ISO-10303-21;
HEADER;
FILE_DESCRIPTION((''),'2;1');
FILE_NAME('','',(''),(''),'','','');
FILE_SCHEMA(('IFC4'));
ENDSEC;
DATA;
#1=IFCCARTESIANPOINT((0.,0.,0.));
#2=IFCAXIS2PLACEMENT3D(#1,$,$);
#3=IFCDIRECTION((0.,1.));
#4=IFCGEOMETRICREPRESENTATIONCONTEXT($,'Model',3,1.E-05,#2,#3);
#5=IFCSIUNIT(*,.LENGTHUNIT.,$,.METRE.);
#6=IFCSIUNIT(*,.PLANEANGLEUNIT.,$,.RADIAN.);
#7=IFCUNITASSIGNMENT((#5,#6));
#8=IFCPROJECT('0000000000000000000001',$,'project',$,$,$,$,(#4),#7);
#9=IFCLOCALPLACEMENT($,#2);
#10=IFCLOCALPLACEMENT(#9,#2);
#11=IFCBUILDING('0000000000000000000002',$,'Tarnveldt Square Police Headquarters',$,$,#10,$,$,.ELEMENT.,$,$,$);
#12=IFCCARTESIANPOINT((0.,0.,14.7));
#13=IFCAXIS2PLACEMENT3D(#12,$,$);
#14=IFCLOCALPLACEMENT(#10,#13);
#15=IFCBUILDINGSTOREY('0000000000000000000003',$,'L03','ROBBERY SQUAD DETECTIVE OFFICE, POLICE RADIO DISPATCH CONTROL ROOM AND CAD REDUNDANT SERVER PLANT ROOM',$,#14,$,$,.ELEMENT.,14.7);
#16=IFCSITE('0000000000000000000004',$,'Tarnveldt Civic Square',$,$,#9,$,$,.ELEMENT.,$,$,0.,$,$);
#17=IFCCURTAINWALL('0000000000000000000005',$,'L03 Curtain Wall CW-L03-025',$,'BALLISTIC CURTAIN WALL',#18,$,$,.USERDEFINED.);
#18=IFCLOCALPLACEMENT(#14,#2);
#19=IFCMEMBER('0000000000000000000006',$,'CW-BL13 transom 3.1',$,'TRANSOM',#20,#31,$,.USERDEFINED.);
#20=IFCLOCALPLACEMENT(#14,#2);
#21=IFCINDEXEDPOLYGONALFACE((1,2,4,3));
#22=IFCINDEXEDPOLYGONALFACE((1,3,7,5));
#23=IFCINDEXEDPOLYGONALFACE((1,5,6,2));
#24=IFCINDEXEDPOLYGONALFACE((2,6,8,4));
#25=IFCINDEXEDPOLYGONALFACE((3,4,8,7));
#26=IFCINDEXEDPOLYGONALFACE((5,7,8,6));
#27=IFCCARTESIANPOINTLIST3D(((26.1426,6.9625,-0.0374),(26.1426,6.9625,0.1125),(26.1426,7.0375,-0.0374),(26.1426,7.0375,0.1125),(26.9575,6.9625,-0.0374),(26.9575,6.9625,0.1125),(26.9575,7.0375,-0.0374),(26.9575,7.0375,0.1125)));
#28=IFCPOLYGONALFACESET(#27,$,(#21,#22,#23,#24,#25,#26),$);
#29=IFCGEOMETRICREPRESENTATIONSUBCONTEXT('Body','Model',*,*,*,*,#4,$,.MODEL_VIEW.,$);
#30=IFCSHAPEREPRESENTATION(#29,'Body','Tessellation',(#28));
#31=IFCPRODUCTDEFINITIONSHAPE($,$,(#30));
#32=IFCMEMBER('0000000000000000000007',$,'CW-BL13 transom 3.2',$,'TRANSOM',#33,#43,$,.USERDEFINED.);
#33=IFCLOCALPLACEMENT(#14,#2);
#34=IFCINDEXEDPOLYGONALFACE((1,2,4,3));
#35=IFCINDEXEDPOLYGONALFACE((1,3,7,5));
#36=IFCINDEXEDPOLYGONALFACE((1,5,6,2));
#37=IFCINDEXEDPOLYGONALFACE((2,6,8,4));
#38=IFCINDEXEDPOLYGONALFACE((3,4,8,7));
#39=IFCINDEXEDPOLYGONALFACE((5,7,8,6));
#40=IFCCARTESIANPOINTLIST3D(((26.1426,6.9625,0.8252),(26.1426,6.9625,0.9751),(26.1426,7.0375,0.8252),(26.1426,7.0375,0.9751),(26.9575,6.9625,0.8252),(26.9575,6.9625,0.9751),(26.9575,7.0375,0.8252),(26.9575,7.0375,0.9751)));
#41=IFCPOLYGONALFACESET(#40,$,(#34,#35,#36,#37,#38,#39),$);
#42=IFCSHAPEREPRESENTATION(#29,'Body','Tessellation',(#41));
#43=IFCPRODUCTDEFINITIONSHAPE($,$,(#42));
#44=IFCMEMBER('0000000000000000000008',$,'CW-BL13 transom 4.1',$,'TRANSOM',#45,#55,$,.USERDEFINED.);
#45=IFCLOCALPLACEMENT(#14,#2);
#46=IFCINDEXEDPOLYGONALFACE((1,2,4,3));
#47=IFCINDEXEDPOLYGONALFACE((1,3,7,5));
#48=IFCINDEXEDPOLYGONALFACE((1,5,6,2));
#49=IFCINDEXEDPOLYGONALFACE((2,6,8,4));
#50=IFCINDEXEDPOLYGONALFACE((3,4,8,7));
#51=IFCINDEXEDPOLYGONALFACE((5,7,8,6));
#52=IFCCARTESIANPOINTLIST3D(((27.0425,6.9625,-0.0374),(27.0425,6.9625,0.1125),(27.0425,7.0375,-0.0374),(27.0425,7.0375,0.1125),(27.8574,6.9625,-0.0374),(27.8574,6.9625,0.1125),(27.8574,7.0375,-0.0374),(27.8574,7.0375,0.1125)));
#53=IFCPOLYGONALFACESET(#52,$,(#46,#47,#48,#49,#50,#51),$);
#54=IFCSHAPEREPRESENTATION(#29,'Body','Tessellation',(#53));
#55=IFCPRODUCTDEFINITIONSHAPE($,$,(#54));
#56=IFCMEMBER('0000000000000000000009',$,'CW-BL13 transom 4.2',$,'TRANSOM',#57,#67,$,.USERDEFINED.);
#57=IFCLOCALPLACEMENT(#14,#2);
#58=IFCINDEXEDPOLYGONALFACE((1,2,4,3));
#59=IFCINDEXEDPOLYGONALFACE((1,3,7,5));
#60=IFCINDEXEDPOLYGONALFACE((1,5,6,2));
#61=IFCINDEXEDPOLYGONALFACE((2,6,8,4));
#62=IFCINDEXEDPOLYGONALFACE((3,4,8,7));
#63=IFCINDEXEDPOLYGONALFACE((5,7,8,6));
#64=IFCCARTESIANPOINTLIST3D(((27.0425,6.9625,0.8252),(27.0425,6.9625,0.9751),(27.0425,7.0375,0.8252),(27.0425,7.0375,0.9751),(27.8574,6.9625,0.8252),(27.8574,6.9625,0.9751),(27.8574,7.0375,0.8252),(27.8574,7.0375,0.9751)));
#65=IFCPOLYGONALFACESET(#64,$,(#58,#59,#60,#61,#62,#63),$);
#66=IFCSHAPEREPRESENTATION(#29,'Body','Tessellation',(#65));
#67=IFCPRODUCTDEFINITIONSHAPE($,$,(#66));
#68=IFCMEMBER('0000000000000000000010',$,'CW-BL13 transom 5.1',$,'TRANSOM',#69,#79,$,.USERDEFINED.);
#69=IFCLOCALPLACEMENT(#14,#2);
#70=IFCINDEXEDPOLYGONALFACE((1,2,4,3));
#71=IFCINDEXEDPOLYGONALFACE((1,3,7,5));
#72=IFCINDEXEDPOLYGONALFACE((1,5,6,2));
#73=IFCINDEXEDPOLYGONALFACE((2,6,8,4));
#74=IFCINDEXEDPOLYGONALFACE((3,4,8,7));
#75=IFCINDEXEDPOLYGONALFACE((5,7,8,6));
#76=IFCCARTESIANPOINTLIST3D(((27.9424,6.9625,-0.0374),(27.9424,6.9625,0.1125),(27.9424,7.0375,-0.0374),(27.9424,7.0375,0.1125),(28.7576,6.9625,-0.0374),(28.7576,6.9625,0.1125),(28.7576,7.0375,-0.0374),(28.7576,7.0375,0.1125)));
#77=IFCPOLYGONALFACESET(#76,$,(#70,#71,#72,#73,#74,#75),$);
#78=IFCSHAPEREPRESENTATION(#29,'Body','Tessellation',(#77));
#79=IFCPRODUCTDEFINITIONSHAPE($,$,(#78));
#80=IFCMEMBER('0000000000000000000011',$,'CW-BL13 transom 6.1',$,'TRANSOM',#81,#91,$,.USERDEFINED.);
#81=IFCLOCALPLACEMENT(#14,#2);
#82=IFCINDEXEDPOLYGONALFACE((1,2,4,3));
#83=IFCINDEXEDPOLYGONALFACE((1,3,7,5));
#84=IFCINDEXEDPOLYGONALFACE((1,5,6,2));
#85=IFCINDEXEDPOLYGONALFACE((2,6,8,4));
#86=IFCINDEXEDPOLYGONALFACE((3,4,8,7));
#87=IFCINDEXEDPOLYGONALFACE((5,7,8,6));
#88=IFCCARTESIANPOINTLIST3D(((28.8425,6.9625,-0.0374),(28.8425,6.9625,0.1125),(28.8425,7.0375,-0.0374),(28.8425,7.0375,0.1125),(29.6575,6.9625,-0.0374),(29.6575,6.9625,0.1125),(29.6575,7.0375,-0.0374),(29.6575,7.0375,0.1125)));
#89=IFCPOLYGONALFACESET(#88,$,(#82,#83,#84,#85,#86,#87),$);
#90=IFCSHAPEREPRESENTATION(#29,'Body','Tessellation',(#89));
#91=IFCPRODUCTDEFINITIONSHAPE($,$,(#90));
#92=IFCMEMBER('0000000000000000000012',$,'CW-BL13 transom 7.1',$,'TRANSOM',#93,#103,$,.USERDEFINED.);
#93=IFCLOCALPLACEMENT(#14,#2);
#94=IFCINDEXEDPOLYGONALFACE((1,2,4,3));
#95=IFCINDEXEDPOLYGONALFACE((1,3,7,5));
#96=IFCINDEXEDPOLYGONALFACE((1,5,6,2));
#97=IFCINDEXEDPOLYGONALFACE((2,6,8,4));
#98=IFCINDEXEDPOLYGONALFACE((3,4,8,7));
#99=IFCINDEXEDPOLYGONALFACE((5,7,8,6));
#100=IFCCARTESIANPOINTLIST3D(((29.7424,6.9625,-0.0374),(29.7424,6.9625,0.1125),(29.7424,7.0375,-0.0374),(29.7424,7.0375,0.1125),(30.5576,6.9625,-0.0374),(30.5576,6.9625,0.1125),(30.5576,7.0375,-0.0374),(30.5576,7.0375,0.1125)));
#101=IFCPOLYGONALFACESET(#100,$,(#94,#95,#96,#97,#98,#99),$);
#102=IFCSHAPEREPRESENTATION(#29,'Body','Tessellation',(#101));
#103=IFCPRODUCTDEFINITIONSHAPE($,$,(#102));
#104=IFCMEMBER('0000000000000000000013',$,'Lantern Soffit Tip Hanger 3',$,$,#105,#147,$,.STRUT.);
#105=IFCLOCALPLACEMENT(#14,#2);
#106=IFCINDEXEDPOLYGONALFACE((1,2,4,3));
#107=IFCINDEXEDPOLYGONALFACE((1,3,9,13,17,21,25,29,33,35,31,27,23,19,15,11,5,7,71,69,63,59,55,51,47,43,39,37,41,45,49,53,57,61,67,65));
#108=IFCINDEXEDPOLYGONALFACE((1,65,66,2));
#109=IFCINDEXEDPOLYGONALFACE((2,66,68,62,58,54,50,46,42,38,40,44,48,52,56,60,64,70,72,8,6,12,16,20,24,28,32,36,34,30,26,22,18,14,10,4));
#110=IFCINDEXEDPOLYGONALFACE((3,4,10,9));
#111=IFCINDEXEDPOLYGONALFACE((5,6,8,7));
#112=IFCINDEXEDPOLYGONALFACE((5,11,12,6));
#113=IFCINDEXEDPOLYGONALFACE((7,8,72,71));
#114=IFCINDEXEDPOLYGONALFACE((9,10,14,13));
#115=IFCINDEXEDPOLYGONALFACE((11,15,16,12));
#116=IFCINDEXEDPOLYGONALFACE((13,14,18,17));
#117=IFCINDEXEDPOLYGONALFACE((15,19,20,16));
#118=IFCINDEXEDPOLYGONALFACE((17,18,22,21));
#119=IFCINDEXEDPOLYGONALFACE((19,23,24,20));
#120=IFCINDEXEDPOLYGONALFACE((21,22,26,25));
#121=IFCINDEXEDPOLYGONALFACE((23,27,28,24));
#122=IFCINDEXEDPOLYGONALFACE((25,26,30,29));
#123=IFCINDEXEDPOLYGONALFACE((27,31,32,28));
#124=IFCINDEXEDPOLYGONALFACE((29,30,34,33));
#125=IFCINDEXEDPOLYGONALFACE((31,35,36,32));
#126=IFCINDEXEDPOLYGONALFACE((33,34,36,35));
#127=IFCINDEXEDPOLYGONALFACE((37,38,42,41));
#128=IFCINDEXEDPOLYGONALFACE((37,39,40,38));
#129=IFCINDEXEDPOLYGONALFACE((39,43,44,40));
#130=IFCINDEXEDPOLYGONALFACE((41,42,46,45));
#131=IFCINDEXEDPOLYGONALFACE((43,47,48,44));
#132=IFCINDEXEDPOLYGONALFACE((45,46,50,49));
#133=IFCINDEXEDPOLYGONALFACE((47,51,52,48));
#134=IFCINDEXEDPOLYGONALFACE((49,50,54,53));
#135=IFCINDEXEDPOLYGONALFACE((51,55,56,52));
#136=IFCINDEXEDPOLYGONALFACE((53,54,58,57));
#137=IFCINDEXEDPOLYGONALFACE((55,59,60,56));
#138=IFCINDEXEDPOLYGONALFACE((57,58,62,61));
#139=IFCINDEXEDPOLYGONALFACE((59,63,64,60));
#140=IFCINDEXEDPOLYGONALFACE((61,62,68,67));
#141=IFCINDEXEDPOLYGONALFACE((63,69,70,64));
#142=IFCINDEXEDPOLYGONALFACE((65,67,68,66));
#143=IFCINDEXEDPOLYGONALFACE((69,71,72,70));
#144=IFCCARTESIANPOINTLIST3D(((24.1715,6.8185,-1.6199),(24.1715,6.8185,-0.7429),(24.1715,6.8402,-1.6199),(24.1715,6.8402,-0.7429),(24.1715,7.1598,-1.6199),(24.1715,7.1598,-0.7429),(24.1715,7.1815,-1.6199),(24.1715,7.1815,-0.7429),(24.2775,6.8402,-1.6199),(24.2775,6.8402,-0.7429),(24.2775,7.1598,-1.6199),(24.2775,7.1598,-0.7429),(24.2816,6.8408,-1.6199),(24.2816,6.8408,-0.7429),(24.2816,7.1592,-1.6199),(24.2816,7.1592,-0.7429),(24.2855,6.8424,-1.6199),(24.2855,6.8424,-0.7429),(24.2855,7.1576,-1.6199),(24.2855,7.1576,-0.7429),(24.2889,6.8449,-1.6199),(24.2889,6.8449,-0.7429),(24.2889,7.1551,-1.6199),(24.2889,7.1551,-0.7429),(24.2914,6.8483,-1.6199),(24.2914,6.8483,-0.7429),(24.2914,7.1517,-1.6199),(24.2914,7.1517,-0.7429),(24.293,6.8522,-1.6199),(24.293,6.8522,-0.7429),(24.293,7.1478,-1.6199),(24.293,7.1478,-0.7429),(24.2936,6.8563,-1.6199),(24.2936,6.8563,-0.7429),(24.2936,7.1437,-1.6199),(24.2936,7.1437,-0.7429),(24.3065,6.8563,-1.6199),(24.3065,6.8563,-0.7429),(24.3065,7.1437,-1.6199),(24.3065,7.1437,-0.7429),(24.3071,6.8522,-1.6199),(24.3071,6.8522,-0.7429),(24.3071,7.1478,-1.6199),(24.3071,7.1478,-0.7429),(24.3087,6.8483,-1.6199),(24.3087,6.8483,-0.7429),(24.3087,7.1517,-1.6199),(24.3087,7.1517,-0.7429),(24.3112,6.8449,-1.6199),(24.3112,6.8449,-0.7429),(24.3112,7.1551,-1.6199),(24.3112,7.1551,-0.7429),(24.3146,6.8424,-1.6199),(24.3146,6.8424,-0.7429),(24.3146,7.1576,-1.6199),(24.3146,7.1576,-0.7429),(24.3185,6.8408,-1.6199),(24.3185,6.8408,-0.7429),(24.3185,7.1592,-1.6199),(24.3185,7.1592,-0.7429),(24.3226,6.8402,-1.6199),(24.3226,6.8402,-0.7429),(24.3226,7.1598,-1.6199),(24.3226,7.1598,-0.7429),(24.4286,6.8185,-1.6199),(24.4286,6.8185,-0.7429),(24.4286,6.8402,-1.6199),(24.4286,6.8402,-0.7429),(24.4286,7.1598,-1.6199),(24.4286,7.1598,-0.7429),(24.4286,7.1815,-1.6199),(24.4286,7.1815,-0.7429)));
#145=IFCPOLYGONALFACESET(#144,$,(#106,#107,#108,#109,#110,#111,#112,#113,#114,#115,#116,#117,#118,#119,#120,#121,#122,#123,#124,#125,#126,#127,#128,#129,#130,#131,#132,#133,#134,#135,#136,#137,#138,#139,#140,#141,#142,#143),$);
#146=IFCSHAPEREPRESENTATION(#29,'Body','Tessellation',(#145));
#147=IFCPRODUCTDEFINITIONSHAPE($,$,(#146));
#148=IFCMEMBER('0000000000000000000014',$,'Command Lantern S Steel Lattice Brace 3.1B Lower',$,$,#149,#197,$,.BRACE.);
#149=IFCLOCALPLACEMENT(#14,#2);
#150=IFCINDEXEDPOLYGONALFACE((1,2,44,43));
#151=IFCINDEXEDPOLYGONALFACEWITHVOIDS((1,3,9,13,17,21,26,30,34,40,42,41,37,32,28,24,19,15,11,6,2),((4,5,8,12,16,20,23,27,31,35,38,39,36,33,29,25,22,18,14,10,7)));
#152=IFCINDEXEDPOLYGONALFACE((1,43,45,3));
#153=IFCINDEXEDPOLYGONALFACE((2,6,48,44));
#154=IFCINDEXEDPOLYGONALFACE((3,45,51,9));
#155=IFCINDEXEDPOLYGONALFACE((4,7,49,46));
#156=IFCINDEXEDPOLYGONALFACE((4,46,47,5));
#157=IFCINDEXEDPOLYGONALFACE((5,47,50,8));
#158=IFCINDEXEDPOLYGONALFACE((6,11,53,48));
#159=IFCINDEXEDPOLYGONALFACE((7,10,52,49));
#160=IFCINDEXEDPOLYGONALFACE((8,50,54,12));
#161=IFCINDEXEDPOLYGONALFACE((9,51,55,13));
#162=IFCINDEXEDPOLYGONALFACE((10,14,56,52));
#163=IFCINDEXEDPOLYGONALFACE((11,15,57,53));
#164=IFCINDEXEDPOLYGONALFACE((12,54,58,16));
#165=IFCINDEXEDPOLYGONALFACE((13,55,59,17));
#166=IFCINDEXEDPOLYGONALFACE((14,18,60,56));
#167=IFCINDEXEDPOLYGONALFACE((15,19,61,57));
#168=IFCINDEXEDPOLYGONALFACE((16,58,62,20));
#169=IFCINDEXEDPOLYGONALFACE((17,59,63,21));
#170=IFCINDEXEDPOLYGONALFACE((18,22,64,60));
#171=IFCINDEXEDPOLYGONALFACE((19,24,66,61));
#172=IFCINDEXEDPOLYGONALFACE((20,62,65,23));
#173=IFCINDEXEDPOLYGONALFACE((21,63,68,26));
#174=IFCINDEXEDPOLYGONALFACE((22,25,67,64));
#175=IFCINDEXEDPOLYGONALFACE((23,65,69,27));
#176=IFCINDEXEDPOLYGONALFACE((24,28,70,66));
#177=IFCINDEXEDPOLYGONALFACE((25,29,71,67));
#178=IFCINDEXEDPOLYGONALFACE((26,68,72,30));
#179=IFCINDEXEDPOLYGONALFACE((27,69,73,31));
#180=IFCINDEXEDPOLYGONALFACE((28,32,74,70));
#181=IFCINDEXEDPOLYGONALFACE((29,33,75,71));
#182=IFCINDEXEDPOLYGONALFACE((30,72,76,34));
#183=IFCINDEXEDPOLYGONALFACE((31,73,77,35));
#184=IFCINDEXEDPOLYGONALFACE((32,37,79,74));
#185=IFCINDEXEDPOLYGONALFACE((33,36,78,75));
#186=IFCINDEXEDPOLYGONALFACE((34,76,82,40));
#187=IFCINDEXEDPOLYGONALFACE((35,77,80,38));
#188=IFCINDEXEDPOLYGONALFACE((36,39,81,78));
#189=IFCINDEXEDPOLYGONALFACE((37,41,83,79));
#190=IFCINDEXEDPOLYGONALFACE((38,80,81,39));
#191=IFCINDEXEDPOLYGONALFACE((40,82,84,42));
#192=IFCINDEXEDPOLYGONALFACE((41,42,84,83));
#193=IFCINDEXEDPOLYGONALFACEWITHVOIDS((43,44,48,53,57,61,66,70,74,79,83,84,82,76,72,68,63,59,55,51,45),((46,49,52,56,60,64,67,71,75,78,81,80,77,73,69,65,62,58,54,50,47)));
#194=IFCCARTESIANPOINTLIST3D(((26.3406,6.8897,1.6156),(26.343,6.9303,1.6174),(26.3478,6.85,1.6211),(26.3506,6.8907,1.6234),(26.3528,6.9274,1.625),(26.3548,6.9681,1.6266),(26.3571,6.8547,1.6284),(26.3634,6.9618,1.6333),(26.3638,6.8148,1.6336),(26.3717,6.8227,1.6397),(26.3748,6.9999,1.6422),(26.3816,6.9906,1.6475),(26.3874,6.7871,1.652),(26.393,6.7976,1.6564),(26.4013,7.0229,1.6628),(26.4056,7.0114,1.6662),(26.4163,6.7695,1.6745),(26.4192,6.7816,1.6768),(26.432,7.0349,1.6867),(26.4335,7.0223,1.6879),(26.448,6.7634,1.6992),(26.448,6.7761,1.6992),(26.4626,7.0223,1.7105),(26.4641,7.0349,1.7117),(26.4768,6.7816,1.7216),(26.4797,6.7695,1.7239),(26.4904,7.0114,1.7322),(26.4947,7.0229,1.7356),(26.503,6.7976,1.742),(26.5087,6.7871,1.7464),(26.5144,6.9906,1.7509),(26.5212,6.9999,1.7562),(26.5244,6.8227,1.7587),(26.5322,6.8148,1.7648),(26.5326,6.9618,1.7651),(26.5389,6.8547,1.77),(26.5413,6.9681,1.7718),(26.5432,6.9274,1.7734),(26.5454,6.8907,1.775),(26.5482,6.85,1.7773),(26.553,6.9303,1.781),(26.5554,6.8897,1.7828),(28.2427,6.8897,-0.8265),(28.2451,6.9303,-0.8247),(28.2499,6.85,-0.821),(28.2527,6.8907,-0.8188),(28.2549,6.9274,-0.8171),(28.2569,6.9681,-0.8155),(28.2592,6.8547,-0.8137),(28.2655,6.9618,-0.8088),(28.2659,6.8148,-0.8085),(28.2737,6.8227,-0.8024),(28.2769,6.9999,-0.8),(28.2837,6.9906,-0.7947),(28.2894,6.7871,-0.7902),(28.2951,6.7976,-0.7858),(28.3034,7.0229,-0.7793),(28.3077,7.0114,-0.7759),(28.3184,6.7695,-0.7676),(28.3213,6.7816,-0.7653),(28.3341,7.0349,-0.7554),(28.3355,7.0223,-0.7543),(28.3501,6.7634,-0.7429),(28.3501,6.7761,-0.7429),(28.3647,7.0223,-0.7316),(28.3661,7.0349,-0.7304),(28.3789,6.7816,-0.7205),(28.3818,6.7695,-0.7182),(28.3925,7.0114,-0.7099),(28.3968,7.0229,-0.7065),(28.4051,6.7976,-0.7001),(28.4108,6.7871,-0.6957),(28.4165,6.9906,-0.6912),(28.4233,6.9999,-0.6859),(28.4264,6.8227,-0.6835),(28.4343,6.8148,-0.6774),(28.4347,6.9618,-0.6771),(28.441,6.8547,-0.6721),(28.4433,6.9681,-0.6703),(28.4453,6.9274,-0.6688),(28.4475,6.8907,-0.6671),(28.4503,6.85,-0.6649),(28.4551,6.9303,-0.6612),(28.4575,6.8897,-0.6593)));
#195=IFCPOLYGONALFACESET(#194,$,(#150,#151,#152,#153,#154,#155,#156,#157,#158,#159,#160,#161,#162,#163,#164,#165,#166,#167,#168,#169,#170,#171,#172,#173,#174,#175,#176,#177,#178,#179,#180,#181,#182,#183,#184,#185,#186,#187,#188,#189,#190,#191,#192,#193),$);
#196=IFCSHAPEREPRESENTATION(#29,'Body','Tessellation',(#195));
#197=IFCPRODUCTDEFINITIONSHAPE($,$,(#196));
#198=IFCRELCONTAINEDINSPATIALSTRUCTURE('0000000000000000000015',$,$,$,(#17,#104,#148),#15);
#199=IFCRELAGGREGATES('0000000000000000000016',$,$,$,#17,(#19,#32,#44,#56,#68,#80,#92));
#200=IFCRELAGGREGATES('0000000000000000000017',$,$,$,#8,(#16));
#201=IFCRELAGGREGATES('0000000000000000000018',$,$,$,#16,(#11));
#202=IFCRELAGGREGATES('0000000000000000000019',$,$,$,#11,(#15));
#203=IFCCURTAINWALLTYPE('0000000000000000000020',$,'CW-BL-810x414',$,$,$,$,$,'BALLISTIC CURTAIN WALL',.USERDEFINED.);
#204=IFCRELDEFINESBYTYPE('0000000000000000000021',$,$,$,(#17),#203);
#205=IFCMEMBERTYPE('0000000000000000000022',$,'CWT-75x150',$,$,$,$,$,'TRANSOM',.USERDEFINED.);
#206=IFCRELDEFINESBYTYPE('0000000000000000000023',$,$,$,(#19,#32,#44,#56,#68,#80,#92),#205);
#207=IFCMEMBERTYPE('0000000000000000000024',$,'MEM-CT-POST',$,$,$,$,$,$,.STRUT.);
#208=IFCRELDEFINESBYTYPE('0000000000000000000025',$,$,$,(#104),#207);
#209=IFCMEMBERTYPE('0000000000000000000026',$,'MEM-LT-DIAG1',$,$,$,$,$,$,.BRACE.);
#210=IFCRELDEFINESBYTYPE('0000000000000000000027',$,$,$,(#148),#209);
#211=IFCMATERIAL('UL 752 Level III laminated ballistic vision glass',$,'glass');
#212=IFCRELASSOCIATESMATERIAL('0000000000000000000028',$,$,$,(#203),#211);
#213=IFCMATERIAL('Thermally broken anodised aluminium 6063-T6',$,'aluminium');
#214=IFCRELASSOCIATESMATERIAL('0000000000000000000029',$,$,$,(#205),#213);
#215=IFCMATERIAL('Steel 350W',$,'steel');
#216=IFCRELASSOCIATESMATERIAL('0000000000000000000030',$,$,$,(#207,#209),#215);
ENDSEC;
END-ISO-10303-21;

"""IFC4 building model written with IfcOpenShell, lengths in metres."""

from ifc_helpers import new_model, si_unit, direction, frame, origin, origin_2d, place, context, subcontext, project, spatial, rectangle, hollow_circle, i_section, extrude, material, material_profile, profile_set, type_object, element, aggregate, save


model = new_model("IFC4")

# Units and contexts
model_context = context("Model", 3, precision=1e-05, world=origin(), true_north=direction((0.0, 1.0)))
body_context = subcontext(model_context, "Body", "Model", "MODEL_VIEW")
ifc_project = project(units=[si_unit("LENGTHUNIT", "METRE"), si_unit("PLANEANGLEUNIT", "RADIAN")], contexts=[model_context])

# Site, building, storey
site_placement = place(None, origin())
site = spatial("IfcSite", under=ifc_project, at=site_placement, Name="Tarnveldt Civic Square", CompositionType="ELEMENT", RefElevation=0.0)
building_placement = place(site_placement, origin())
building = spatial("IfcBuilding", under=site, at=building_placement, Name="Tarnveldt Square Police Headquarters", CompositionType="ELEMENT")
storey_placement = place(building_placement, frame((0.0, 0.0, 14.7)))
storey = spatial("IfcBuildingStorey", under=building, at=storey_placement, Name="L03", Description="ROBBERY SQUAD DETECTIVE OFFICE, POLICE RADIO DISPATCH CONTROL ROOM AND CAD REDUNDANT SERVER PLANT ROOM", CompositionType="ELEMENT", Elevation=14.7)

# Shared definitions
ifc_material_1 = material(Name="Steel 350W", Category="steel")

# Curtain wall, members
ifc_material_2 = material(Name="UL 752 Level III laminated ballistic vision glass", Category="glass")
curtain_wall_type = type_object("IfcCurtainWallType", Name="CW-BL-810x414", ElementType="BALLISTIC CURTAIN WALL", PredefinedType="USERDEFINED", material=ifc_material_2)
curtain_wall_placement = place(storey_placement, origin())
curtain_wall = element("IfcCurtainWall", 1, at=curtain_wall_placement, inside=storey, type_object=curtain_wall_type, Name="L03 Curtain Wall CW-L03-025", ObjectType="BALLISTIC CURTAIN WALL", PredefinedType="USERDEFINED")
ifc_material_3 = material(Name="Thermally broken anodised aluminium 6063-T6", Category="aluminium")
ifc_material_profile_1 = material_profile(ifc_material_3, rectangle(XDim=0.075, YDim=0.1499, at=origin_2d()), Name="CW-T75x150")
ifc_profile_set_1 = profile_set([ifc_material_profile_1], Name="Thermally broken anodised aluminium 6063-T6")
member_type_1 = type_object("IfcMemberType", Name="CWT-75x150", ElementType="TRANSOM", PredefinedType="USERDEFINED", material=ifc_profile_set_1)
member_1_placement = place(storey_placement, frame((26.1426, 7.0, 0.0376), z_axis=(1.0, 0.0, 0.0), x_axis=(0.0, 1.0, 0.0)))
member_1 = element("IfcMember", 2, at=member_1_placement, type_object=member_type_1, Name="CW-BL13 transom 3.1", ObjectType="TRANSOM", PredefinedType="USERDEFINED", context=body_context, shape_type="SweptSolid", body=[
    extrude(rectangle(XDim=0.075, YDim=0.1499, at=origin_2d()), origin(), (0.0, 0.0, 1.0), 0.8149),
])
member_2_placement = place(storey_placement, frame((26.1426, 7.0, 0.9001), z_axis=(1.0, 0.0, 0.0), x_axis=(0.0, 1.0, 0.0)))
member_2 = element("IfcMember", 3, at=member_2_placement, type_object=member_type_1, Name="CW-BL13 transom 3.2", ObjectType="TRANSOM", PredefinedType="USERDEFINED", context=body_context, shape_type="SweptSolid", body=[
    extrude(rectangle(XDim=0.075, YDim=0.1499, at=origin_2d()), origin(), (0.0, 0.0, 1.0), 0.8149),
])
member_3_placement = place(storey_placement, frame((27.0425, 7.0, 0.0376), z_axis=(1.0, 0.0, 0.0), x_axis=(0.0, 1.0, 0.0)))
member_3 = element("IfcMember", 4, at=member_3_placement, type_object=member_type_1, Name="CW-BL13 transom 4.1", ObjectType="TRANSOM", PredefinedType="USERDEFINED", context=body_context, shape_type="SweptSolid", body=[
    extrude(rectangle(XDim=0.075, YDim=0.1499, at=origin_2d()), origin(), (0.0, 0.0, 1.0), 0.8149),
])
member_4_placement = place(storey_placement, frame((27.0425, 7.0, 0.9001), z_axis=(1.0, 0.0, 0.0), x_axis=(0.0, 1.0, 0.0)))
member_4 = element("IfcMember", 5, at=member_4_placement, type_object=member_type_1, Name="CW-BL13 transom 4.2", ObjectType="TRANSOM", PredefinedType="USERDEFINED", context=body_context, shape_type="SweptSolid", body=[
    extrude(rectangle(XDim=0.075, YDim=0.1499, at=origin_2d()), origin(), (0.0, 0.0, 1.0), 0.8149),
])
member_5_placement = place(storey_placement, frame((27.9424, 7.0, 0.0376), z_axis=(1.0, 0.0, 0.0), x_axis=(0.0, 1.0, 0.0)))
member_5 = element("IfcMember", 6, at=member_5_placement, type_object=member_type_1, Name="CW-BL13 transom 5.1", ObjectType="TRANSOM", PredefinedType="USERDEFINED", context=body_context, shape_type="SweptSolid", body=[
    extrude(rectangle(XDim=0.075, YDim=0.1499, at=origin_2d()), origin(), (0.0, 0.0, 1.0), 0.8152),
])
member_6_placement = place(storey_placement, frame((28.8425, 7.0, 0.0376), z_axis=(1.0, 0.0, 0.0), x_axis=(0.0, 1.0, 0.0)))
member_6 = element("IfcMember", 7, at=member_6_placement, type_object=member_type_1, Name="CW-BL13 transom 6.1", ObjectType="TRANSOM", PredefinedType="USERDEFINED", context=body_context, shape_type="SweptSolid", body=[
    extrude(rectangle(XDim=0.075, YDim=0.1499, at=origin_2d()), origin(), (0.0, 0.0, 1.0), 0.8149),
])
member_7_placement = place(storey_placement, frame((29.7424, 7.0, 0.0376), z_axis=(1.0, 0.0, 0.0), x_axis=(0.0, 1.0, 0.0)))
member_7 = element("IfcMember", 8, at=member_7_placement, type_object=member_type_1, Name="CW-BL13 transom 7.1", ObjectType="TRANSOM", PredefinedType="USERDEFINED", context=body_context, shape_type="SweptSolid", body=[
    extrude(rectangle(XDim=0.075, YDim=0.1499, at=origin_2d()), origin(), (0.0, 0.0, 1.0), 0.8152),
])

# Members
ifc_material_profile_2 = material_profile(ifc_material_1, i_section(OverallWidth=0.2571, OverallDepth=0.363, WebThickness=0.0129, FlangeThickness=0.0217, FilletRadius=0.0161, at=origin_2d()), Name="W360x122")
ifc_profile_set_2 = profile_set([ifc_material_profile_2], Name="Steel 350W")
member_type_2 = type_object("IfcMemberType", Name="MEM-CT-POST", PredefinedType="STRUT", material=ifc_profile_set_2)
member_8_placement = place(storey_placement, frame((24.3, 7.0, -1.6199), z_axis=(0.0, 0.0, 1.0), x_axis=(1.0, 0.0, 0.0)))
element("IfcMember", 9, at=member_8_placement, inside=storey, type_object=member_type_2, Name="Lantern Soffit Tip Hanger 3", PredefinedType="STRUT", context=body_context, shape_type="SweptSolid", body=[
    extrude(i_section(OverallWidth=0.2571, OverallDepth=0.363, WebThickness=0.0129, FlangeThickness=0.0217, FilletRadius=0.0161, at=origin_2d()), origin(), (0.0, 0.0, 1.0), 0.877),
])
ifc_material_profile_3 = material_profile(ifc_material_1, hollow_circle(Radius=0.1365, WallThickness=0.0127, at=origin_2d()), Name="HSS273x13")
ifc_profile_set_3 = profile_set([ifc_material_profile_3], Name="Steel 350W")
member_type_3 = type_object("IfcMemberType", Name="MEM-LT-DIAG1", PredefinedType="BRACE", material=ifc_profile_set_3)
member_9_placement = place(storey_placement, frame((28.3501, 6.8999, -0.7429), z_axis=(-0.614476, 0.0, 0.788936), x_axis=(0.0, -1.0, 0.0)))
element("IfcMember", 10, at=member_9_placement, inside=storey, type_object=member_type_3, Name="Command Lantern S Steel Lattice Brace 3.1B Lower", PredefinedType="BRACE", context=body_context, shape_type="SweptSolid", body=[
    extrude(hollow_circle(Radius=0.1365, WallThickness=0.0127, at=origin_2d()), origin(), (0.0, 0.0, 1.0), 3.0955),
])

aggregate(curtain_wall, [member_1, member_2, member_3, member_4, member_5, member_6, member_7])

save(model, "model.ifc")
